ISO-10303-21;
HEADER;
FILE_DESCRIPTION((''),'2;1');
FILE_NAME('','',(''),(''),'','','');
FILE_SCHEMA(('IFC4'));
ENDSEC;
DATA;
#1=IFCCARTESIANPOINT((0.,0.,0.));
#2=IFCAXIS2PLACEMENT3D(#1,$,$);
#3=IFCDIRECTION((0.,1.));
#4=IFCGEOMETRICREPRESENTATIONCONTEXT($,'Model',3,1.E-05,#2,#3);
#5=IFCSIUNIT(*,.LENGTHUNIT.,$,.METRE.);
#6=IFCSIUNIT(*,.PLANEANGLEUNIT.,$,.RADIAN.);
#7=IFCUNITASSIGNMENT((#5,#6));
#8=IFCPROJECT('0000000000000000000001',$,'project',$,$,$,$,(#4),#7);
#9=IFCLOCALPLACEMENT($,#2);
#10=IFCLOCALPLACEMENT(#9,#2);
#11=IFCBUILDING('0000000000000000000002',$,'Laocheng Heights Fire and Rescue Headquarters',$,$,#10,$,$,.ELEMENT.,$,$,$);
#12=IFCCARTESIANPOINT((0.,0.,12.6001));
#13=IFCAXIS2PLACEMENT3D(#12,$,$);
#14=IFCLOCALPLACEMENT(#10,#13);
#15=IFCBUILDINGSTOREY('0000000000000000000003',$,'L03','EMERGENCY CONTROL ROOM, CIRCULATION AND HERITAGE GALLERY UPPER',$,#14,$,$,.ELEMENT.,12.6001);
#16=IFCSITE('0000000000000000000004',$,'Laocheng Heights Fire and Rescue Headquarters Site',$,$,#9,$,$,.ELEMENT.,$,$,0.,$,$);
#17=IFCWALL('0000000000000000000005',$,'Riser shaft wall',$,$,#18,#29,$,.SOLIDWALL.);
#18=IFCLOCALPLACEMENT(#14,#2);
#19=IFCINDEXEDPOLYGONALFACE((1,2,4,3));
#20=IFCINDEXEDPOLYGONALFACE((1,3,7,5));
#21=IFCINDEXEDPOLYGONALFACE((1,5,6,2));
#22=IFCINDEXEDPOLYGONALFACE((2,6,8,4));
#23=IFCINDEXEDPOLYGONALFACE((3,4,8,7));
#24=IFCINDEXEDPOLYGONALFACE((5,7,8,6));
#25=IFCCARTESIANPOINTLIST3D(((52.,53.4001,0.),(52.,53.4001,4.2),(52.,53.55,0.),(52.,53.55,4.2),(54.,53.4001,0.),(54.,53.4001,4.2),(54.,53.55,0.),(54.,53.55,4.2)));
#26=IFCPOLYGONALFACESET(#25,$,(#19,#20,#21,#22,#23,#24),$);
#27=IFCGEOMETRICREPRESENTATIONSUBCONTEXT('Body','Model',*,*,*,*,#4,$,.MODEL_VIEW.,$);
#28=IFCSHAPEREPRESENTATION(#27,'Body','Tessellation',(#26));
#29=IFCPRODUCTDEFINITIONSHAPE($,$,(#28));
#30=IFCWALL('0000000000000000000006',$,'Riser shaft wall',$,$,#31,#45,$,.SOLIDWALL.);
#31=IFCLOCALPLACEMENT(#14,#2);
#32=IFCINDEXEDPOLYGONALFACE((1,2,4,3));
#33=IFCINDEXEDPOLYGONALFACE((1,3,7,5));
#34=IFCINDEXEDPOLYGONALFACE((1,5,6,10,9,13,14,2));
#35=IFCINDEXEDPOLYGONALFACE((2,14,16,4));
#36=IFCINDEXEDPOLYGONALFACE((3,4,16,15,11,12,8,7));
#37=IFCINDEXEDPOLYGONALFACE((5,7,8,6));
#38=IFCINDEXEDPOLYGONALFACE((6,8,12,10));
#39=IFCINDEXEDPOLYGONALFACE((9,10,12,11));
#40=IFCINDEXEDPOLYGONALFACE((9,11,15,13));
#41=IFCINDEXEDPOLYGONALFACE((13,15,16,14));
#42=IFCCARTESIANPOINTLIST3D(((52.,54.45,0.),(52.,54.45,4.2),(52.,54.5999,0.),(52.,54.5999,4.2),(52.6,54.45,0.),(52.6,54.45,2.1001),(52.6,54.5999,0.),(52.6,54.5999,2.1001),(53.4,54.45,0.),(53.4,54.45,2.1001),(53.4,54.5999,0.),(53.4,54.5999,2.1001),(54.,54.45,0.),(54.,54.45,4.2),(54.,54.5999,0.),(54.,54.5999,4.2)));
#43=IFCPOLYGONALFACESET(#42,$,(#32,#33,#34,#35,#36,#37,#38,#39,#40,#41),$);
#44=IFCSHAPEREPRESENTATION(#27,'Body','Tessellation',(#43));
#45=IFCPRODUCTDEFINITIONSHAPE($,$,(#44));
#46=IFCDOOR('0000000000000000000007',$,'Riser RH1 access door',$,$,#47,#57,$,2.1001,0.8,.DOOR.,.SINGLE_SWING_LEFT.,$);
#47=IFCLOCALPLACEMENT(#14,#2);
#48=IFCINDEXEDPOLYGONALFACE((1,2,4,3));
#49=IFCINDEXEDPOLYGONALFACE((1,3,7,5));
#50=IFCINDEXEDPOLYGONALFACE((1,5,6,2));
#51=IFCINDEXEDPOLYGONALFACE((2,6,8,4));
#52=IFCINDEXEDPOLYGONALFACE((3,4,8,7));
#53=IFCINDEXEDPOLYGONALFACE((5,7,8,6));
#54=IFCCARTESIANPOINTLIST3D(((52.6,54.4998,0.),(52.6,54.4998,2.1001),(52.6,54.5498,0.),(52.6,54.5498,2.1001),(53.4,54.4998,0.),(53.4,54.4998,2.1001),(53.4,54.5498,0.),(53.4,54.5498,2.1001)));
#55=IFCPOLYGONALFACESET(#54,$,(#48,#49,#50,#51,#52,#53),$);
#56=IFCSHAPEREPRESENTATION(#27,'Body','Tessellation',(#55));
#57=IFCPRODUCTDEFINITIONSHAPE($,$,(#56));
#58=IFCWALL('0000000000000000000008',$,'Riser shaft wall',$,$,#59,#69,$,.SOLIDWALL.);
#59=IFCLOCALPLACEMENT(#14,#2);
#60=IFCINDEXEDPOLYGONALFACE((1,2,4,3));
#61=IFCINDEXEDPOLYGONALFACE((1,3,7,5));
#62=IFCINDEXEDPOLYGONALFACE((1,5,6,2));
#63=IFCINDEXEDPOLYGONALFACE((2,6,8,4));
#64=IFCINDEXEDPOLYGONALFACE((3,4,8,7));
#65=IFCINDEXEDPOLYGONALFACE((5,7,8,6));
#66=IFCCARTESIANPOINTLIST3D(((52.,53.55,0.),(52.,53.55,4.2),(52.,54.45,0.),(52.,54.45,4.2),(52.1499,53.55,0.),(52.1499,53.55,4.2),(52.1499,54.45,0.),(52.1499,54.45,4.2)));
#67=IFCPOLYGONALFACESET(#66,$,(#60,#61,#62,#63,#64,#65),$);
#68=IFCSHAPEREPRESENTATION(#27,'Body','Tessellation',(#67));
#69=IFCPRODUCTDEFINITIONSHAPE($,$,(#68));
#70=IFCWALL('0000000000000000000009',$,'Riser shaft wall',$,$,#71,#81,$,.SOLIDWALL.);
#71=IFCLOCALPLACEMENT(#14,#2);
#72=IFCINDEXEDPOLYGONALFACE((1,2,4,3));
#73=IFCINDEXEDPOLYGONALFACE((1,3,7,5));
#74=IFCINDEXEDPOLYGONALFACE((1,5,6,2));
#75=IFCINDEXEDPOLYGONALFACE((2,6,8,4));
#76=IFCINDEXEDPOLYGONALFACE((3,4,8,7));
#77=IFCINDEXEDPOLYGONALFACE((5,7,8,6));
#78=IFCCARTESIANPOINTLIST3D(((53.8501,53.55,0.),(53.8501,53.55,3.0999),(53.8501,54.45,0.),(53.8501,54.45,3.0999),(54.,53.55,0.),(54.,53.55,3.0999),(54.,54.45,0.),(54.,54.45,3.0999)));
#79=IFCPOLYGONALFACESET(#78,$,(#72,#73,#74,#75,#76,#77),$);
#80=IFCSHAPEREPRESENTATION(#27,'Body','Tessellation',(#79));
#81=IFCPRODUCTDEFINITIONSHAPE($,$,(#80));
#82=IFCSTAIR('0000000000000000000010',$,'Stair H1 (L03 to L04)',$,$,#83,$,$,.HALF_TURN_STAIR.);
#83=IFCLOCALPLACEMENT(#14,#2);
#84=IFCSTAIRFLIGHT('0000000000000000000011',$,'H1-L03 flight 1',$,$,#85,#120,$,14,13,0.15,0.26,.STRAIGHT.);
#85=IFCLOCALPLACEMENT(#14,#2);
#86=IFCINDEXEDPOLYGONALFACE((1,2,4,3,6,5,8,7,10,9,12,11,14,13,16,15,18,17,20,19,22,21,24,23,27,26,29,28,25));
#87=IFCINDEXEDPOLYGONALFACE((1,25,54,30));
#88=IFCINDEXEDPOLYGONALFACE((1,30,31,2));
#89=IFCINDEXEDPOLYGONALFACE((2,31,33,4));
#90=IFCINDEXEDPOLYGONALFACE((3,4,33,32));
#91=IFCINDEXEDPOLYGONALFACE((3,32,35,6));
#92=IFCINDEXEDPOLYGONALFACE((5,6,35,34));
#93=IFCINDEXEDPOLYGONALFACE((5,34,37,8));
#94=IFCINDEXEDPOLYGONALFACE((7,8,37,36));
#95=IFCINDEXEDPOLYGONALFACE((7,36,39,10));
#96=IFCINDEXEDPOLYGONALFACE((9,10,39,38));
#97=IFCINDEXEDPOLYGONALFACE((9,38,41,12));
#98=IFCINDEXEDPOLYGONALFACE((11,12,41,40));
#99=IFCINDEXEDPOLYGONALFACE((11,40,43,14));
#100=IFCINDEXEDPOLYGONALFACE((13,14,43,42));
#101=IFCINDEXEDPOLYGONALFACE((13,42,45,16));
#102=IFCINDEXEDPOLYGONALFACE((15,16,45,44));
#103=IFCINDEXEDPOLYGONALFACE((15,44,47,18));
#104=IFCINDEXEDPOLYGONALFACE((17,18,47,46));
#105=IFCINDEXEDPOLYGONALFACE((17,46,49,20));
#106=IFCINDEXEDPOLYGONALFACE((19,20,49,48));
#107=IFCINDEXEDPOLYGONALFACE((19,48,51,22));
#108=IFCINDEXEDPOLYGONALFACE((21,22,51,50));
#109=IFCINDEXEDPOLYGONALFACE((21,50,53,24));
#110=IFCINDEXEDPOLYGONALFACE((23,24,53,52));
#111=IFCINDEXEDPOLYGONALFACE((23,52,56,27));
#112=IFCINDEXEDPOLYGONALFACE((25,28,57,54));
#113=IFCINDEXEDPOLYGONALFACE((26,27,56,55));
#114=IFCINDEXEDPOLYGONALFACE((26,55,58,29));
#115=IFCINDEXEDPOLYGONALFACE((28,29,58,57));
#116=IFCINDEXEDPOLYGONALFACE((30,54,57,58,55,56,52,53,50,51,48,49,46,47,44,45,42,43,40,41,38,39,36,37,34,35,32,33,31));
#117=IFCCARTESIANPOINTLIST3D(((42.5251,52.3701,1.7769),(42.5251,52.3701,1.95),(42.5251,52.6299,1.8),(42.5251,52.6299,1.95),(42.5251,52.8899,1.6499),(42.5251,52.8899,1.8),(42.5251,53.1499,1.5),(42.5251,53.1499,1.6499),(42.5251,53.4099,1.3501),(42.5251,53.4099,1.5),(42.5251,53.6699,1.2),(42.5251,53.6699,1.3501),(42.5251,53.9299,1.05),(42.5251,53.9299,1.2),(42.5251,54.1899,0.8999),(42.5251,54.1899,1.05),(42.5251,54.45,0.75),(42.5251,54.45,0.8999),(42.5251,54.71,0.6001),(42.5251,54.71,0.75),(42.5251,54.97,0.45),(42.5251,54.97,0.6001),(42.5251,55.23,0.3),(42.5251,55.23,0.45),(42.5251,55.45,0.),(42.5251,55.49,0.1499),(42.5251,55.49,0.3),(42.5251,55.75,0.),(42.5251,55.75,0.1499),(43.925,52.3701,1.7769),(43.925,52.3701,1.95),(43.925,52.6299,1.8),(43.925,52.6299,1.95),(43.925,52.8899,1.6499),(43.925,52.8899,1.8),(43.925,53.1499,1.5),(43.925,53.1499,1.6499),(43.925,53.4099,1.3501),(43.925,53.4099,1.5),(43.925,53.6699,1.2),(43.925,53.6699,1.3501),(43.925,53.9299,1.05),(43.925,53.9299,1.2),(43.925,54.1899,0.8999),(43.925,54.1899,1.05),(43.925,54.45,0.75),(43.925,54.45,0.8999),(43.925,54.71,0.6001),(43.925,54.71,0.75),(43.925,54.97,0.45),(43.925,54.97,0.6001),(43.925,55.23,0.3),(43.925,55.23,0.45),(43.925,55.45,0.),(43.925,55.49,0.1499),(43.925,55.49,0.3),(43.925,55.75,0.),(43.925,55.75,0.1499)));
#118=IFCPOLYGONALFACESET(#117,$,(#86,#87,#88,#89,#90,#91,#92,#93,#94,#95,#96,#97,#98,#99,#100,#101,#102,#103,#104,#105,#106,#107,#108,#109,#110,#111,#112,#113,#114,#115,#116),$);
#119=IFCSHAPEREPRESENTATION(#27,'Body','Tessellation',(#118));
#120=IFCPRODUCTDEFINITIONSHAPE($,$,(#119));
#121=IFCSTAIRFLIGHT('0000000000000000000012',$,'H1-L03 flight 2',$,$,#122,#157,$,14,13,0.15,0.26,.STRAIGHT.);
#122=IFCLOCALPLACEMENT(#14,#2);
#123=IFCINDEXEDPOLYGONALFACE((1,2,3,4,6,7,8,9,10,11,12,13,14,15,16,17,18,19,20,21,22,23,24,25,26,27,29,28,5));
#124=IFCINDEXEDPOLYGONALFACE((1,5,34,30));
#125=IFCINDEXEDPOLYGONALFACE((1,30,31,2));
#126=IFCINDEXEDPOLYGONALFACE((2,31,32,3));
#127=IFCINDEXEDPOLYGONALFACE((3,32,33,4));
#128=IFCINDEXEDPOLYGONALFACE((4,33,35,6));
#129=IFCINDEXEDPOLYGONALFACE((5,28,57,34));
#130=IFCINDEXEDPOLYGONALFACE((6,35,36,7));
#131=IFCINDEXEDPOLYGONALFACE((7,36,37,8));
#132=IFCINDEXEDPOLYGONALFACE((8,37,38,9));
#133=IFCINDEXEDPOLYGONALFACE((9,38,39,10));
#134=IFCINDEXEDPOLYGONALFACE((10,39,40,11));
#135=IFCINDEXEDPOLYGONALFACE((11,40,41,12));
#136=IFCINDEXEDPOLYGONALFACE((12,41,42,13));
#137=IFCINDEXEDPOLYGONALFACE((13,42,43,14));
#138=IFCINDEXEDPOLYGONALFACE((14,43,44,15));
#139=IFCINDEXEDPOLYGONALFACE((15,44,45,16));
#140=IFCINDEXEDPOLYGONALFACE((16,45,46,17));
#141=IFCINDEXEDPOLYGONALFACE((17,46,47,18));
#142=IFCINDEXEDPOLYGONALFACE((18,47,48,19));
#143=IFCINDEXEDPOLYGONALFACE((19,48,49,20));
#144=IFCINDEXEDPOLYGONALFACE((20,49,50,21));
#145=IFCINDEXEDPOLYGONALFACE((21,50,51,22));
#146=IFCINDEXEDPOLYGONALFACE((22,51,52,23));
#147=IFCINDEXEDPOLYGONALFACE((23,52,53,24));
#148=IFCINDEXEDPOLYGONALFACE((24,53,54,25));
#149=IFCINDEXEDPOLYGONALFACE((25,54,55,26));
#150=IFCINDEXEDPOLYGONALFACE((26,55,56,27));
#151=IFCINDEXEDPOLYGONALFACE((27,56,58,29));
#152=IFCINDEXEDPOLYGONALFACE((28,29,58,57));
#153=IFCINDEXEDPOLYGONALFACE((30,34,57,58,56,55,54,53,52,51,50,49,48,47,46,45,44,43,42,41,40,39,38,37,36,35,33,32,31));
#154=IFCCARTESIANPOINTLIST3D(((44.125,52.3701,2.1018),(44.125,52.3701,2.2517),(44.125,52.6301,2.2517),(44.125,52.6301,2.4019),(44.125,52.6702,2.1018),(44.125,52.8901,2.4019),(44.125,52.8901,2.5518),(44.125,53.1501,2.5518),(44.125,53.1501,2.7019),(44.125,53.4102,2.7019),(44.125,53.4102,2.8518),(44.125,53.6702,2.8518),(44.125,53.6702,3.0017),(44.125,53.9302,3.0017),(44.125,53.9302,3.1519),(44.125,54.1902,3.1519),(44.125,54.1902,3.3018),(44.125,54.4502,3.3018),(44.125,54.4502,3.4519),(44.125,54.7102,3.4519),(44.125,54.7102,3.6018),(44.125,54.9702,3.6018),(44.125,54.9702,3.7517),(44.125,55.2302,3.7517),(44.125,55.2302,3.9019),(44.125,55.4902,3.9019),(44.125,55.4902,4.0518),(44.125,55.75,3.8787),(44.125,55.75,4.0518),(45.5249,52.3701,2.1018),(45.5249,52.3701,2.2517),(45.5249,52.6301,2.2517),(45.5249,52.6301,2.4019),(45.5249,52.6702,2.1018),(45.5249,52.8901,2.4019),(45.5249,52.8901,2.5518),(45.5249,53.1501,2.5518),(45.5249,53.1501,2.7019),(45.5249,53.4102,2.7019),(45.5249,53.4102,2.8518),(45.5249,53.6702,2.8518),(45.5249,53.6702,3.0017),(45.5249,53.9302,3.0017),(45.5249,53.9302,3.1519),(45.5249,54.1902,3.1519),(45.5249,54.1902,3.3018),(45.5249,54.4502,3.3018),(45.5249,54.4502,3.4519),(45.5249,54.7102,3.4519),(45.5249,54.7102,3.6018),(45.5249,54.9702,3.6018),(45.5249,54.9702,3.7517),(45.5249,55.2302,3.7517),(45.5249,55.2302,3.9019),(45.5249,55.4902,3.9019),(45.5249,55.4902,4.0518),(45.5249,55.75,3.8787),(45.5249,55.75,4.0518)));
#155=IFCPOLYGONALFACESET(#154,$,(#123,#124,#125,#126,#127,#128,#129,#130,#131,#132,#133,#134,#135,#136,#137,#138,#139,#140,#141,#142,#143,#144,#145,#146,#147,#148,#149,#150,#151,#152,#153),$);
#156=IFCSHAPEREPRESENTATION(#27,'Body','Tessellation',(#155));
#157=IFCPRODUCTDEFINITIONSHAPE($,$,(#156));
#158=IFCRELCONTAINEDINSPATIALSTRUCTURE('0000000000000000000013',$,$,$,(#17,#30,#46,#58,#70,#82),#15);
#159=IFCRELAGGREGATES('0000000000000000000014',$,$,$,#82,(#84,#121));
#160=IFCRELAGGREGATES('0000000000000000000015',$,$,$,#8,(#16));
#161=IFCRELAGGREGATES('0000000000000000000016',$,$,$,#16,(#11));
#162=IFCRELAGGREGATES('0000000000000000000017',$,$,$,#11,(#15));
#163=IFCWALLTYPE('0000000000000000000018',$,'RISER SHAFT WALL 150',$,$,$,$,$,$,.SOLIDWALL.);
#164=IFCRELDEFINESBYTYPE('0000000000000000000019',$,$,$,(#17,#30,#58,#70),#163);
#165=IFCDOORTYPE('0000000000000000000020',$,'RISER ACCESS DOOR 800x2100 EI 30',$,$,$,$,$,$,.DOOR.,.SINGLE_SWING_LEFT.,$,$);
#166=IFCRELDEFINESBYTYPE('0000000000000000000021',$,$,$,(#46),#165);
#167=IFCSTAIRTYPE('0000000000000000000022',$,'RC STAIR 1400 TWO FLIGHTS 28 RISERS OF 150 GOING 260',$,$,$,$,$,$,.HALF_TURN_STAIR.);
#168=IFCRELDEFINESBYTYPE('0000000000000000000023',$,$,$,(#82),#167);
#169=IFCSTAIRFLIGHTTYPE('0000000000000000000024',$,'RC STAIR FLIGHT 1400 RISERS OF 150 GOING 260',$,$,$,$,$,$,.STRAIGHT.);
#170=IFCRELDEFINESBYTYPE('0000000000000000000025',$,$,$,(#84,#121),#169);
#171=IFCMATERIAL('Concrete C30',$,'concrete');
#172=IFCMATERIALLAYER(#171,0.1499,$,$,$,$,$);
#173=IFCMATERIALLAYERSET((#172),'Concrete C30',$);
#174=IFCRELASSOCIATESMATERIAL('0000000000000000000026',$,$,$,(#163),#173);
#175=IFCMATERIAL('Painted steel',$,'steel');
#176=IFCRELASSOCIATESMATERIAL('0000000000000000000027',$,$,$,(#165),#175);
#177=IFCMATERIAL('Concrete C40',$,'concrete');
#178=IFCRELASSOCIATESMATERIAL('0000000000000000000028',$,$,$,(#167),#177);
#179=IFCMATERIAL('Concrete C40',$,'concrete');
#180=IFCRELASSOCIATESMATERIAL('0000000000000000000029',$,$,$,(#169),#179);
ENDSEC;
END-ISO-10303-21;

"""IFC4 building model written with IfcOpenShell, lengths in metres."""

from ifc_helpers import new_model, si_unit, direction, frame, frame_2d, origin, place, context, subcontext, project, spatial, polyline, rectangle, outline, extrude, material, layer, layer_set, type_object, element, fill, aggregate, save


model = new_model("IFC4")

# Units and contexts
model_context = context("Model", 3, precision=1e-05, world=origin(), true_north=direction((0.0, 1.0)))
body_context = subcontext(model_context, "Body", "Model", "MODEL_VIEW")
ifc_project = project(units=[si_unit("LENGTHUNIT", "METRE"), si_unit("PLANEANGLEUNIT", "RADIAN")], contexts=[model_context])

# Site, building, storey
site_placement = place(None, origin())
site = spatial("IfcSite", under=ifc_project, at=site_placement, Name="Laocheng Heights Fire and Rescue Headquarters Site", CompositionType="ELEMENT", RefElevation=0.0)
building_placement = place(site_placement, origin())
building = spatial("IfcBuilding", under=site, at=building_placement, Name="Laocheng Heights Fire and Rescue Headquarters", CompositionType="ELEMENT")
storey_placement = place(building_placement, frame((0.0, 0.0, 12.6001)))
storey = spatial("IfcBuildingStorey", under=building, at=storey_placement, Name="L03", Description="EMERGENCY CONTROL ROOM, CIRCULATION AND HERITAGE GALLERY UPPER", CompositionType="ELEMENT", Elevation=12.6001)

# Wall
ifc_material_1 = material(Name="Concrete C30", Category="concrete")
ifc_layer_1 = layer(ifc_material_1, 0.1499)
ifc_layer_set_1 = layer_set([ifc_layer_1], Name="Concrete C30")
wall_type_1 = type_object("IfcWallType", Name="RISER SHAFT WALL 150", PredefinedType="SOLIDWALL", material=ifc_layer_set_1)
wall_1_placement = place(storey_placement, frame((52.0, 53.4751, 0.0), z_axis=(0.0, 0.0, 1.0), x_axis=(1.0, 0.0, 0.0)))
element("IfcWall", 1, at=wall_1_placement, inside=storey, type_object=wall_type_1, Name="Riser shaft wall", PredefinedType="SOLIDWALL", context=body_context, shape_type="SweptSolid", body=[
    extrude(rectangle(XDim=2.0, YDim=0.1499, at=frame_2d((1.0, 0.0))), origin(), (0.0, 0.0, 1.0), 4.2),
])

# Wall, opening, door
wall_2_placement = place(storey_placement, frame((52.0, 54.5249, 0.0), z_axis=(0.0, 0.0, 1.0), x_axis=(1.0, 0.0, 0.0)))
wall_2 = element("IfcWall", 2, at=wall_2_placement, inside=storey, type_object=wall_type_1, Name="Riser shaft wall", PredefinedType="SOLIDWALL", context=body_context, shape_type="SweptSolid", body=[
    extrude(rectangle(XDim=2.0, YDim=0.1499, at=frame_2d((1.0, 0.0))), origin(), (0.0, 0.0, 1.0), 4.2),
])
opening_1_placement = place(wall_2_placement, frame((0.6001, 0.0, 0.0)))
opening_1 = element("IfcOpeningElement", 3, at=opening_1_placement, cuts=wall_2, PredefinedType="OPENING", context=body_context, shape_type="SweptSolid", body=[
    extrude(rectangle(XDim=0.8, YDim=2.1001, at=frame_2d((0.3999, 1.05))), frame((0.0, 0.085, 0.0), z_axis=(0.0, -1.0, 0.0), x_axis=(1.0, 0.0, 0.0)), (0.0, 0.0, 1.0), 0.1699),
])
ifc_material_2 = material(Name="Painted steel", Category="steel")
door_type_1 = type_object("IfcDoorType", Name="RISER ACCESS DOOR 800x2100 EI 30", OperationType="SINGLE_SWING_LEFT", PredefinedType="DOOR", material=ifc_material_2)
door_1_placement = place(opening_1_placement, origin())
door_1 = element("IfcDoor", 4, at=door_1_placement, inside=storey, type_object=door_type_1, Name="Riser RH1 access door", OperationType="SINGLE_SWING_LEFT", OverallHeight=2.1001, OverallWidth=0.8, PredefinedType="DOOR", context=body_context, shape_type="SweptSolid", body=[
    extrude(rectangle(XDim=0.8, YDim=2.1001, at=frame_2d((0.3999, 1.05))), frame((0.0, 0.0249, 0.0), z_axis=(0.0, -1.0, 0.0), x_axis=(1.0, 0.0, 0.0)), (0.0, 0.0, 1.0), 0.05),
])
fill(opening_1, door_1)

# Walls
wall_3_placement = place(storey_placement, frame((52.075, 53.55, 0.0), z_axis=(0.0, 0.0, 1.0), x_axis=(0.0, 1.0, 0.0)))
element("IfcWall", 5, at=wall_3_placement, inside=storey, type_object=wall_type_1, Name="Riser shaft wall", PredefinedType="SOLIDWALL", context=body_context, shape_type="SweptSolid", body=[
    extrude(rectangle(XDim=0.8999, YDim=0.1499, at=frame_2d((0.45, 0.0))), origin(), (0.0, 0.0, 1.0), 4.2),
])
wall_4_placement = place(storey_placement, frame((53.925, 53.55, 0.0), z_axis=(0.0, 0.0, 1.0), x_axis=(0.0, 1.0, 0.0)))
element("IfcWall", 6, at=wall_4_placement, inside=storey, type_object=wall_type_1, Name="Riser shaft wall", PredefinedType="SOLIDWALL", context=body_context, shape_type="SweptSolid", body=[
    extrude(rectangle(XDim=0.8999, YDim=0.1499, at=frame_2d((0.45, 0.0))), origin(), (0.0, 0.0, 1.0), 3.0999),
])

# Stair, stair flights
ifc_material_3 = material(Name="Concrete C40", Category="concrete")
stair_type = type_object("IfcStairType", Name="RC STAIR 1400 TWO FLIGHTS 28 RISERS OF 150 GOING 260", PredefinedType="HALF_TURN_STAIR", material=ifc_material_3)
stair_placement = place(storey_placement, origin())
stair = element("IfcStair", 7, at=stair_placement, inside=storey, type_object=stair_type, Name="Stair H1 (L03 to L04)", PredefinedType="HALF_TURN_STAIR")
ifc_material_4 = material(Name="Concrete C40", Category="concrete")
stair_flight_type = type_object("IfcStairFlightType", Name="RC STAIR FLIGHT 1400 RISERS OF 150 GOING 260", PredefinedType="STRAIGHT", material=ifc_material_4)
stair_flight_1_placement = place(storey_placement, frame((43.2251, 55.75, 0.0), z_axis=(0.0, 0.0, 1.0), x_axis=(0.0, -1.0, 0.0)))
stair_flight_1 = element("IfcStairFlight", 8, at=stair_flight_1_placement, type_object=stair_flight_type, Name="H1-L03 flight 1", NumberOfRisers=14, NumberOfTreads=13, PredefinedType="STRAIGHT", RiserHeight=0.15, TreadLength=0.26, context=body_context, shape_type="SweptSolid", body=[
    extrude(outline(polyline([(0.0, 0.0), (0.0, 0.1499), (0.26, 0.1499), (0.26, 0.3), (0.52, 0.3), (0.52, 0.45), (0.78, 0.45), (0.78, 0.6001), (1.04, 0.6001), (1.04, 0.75), (1.3, 0.75), (1.3, 0.8999), (1.5601, 0.8999), (1.5601, 1.05), (1.8201, 1.05), (1.8201, 1.2), (2.0801, 1.2), (2.0801, 1.3501), (2.3401, 1.3501), (2.3401, 1.5), (2.6001, 1.5), (2.6001, 1.6499), (2.8601, 1.6499), (2.8601, 1.8), (3.1201, 1.8), (3.1201, 1.95), (3.3799, 1.95), (3.3799, 2.1001), (3.3799, 1.7769), (0.3, 0.0), (0.0, 0.0)])), frame((0.0, 0.7, 0.0), z_axis=(0.0, -1.0, 0.0), x_axis=(1.0, 0.0, 0.0)), (0.0, 0.0, 1.0), 1.3999),
])
stair_flight_2_placement = place(storey_placement, frame((44.825, 52.3701, 2.1018), z_axis=(0.0, 0.0, 1.0), x_axis=(0.0, 1.0, 0.0)))
stair_flight_2 = element("IfcStairFlight", 9, at=stair_flight_2_placement, type_object=stair_flight_type, Name="H1-L03 flight 2", NumberOfRisers=14, NumberOfTreads=13, PredefinedType="STRAIGHT", RiserHeight=0.15, TreadLength=0.26, context=body_context, shape_type="SweptSolid", body=[
    extrude(outline(polyline([(0.0, 0.0), (0.0, 0.1499), (0.26, 0.1499), (0.26, 0.3), (0.52, 0.3), (0.52, 0.45), (0.78, 0.45), (0.78, 0.6001), (1.04, 0.6001), (1.04, 0.75), (1.3, 0.75), (1.3, 0.8999), (1.5601, 0.8999), (1.5601, 1.05), (1.8201, 1.05), (1.8201, 1.2), (2.0801, 1.2), (2.0801, 1.3501), (2.3401, 1.3501), (2.3401, 1.5), (2.6001, 1.5), (2.6001, 1.6499), (2.8601, 1.6499), (2.8601, 1.8), (3.1201, 1.8), (3.1201, 1.95), (3.3799, 1.95), (3.3799, 2.1001), (3.3799, 1.7769), (0.3, 0.0), (0.0, 0.0)])), frame((0.0, 0.7, 0.0), z_axis=(0.0, -1.0, 0.0), x_axis=(1.0, 0.0, 0.0)), (0.0, 0.0, 1.0), 1.3999),
])
aggregate(stair, [stair_flight_1, stair_flight_2])

save(model, "model.ifc")
